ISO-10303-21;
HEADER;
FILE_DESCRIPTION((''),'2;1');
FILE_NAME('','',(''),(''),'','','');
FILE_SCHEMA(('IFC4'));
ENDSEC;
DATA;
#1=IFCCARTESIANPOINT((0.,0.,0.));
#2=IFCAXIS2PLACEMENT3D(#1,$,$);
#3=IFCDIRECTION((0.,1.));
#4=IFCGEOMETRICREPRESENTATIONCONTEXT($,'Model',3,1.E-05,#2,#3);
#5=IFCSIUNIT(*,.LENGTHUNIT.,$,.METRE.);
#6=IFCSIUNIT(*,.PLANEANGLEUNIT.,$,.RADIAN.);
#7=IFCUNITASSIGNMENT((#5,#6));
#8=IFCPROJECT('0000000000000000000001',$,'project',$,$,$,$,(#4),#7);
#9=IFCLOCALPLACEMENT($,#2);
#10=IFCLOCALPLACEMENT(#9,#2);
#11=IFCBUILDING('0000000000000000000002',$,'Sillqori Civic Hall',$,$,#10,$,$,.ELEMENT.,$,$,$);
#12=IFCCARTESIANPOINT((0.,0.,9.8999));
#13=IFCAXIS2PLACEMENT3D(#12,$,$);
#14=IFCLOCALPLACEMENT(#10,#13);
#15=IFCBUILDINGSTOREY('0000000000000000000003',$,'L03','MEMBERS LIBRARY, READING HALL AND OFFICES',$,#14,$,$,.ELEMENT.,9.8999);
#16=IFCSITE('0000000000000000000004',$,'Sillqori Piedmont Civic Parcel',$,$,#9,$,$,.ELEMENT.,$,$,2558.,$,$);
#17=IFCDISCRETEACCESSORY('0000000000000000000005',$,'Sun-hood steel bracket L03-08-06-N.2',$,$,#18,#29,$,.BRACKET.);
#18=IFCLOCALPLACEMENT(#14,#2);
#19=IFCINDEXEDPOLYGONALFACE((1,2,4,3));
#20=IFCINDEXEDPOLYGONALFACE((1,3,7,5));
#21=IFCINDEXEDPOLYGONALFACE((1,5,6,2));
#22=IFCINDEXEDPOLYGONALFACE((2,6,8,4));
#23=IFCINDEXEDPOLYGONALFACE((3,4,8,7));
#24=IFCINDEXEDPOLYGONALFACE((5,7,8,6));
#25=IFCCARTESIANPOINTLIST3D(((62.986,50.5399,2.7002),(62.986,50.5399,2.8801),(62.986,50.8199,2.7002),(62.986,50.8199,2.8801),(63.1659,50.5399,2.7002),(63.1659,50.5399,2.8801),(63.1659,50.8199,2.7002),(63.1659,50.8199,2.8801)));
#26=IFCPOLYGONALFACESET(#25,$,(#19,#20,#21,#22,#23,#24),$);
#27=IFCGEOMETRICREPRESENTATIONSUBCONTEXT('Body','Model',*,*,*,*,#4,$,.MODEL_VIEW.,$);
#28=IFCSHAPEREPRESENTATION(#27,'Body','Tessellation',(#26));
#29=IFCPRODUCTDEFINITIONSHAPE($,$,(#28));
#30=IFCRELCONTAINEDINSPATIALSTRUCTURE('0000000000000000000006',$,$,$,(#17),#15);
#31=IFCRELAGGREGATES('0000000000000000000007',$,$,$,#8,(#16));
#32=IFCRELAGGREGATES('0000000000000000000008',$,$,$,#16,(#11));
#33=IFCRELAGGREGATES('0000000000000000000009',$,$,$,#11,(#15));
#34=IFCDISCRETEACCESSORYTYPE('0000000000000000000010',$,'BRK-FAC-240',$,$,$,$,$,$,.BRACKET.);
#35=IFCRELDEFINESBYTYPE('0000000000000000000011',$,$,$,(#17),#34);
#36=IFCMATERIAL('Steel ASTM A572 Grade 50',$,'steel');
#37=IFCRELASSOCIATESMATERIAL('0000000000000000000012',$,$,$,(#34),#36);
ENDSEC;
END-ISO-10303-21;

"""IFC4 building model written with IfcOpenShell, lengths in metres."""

from ifc_helpers import new_model, si_unit, direction, frame, origin, origin_2d, place, context, subcontext, project, spatial, rectangle, extrude, material, type_object, element, save


model = new_model("IFC4")

# Units and contexts
model_context = context("Model", 3, precision=1e-05, world=origin(), true_north=direction((0.0, 1.0)))
body_context = subcontext(model_context, "Body", "Model", "MODEL_VIEW")
ifc_project = project(units=[si_unit("LENGTHUNIT", "METRE"), si_unit("PLANEANGLEUNIT", "RADIAN")], contexts=[model_context])

# Site, building, storey
site_placement = place(None, origin())
site = spatial("IfcSite", under=ifc_project, at=site_placement, Name="Sillqori Piedmont Civic Parcel", CompositionType="ELEMENT", RefElevation=2558.0)
building_placement = place(site_placement, origin())
building = spatial("IfcBuilding", under=site, at=building_placement, Name="Sillqori Civic Hall", CompositionType="ELEMENT")
storey_placement = place(building_placement, frame((0.0, 0.0, 9.8999)))
storey = spatial("IfcBuildingStorey", under=building, at=storey_placement, Name="L03", Description="MEMBERS LIBRARY, READING HALL AND OFFICES", CompositionType="ELEMENT", Elevation=9.8999)

# Discrete accessory
ifc_material_1 = material(Name="Steel ASTM A572 Grade 50", Category="steel")
discrete_accessory_type = type_object("IfcDiscreteAccessoryType", Name="BRK-FAC-240", PredefinedType="BRACKET", material=ifc_material_1)
for number, where, z_axis, x_axis, name in (
    (1, (63.0759, 50.6799, 2.7002), (0.0, 0.0, 1.0), (1.0, 0.0, 0.0), "Sun-hood steel bracket L03-08-06-N.2"),
):
    element("IfcDiscreteAccessory", number, at=place(storey_placement, frame(where, z_axis=z_axis, x_axis=x_axis)), inside=storey, type_object=discrete_accessory_type, Name=name, PredefinedType="BRACKET", context=body_context, shape_type="SweptSolid", body=[
        extrude(rectangle(XDim=0.1799, YDim=0.28, at=origin_2d()), origin(), (0.0, 0.0, 1.0), 0.1799),
    ])

save(model, "model.ifc")
